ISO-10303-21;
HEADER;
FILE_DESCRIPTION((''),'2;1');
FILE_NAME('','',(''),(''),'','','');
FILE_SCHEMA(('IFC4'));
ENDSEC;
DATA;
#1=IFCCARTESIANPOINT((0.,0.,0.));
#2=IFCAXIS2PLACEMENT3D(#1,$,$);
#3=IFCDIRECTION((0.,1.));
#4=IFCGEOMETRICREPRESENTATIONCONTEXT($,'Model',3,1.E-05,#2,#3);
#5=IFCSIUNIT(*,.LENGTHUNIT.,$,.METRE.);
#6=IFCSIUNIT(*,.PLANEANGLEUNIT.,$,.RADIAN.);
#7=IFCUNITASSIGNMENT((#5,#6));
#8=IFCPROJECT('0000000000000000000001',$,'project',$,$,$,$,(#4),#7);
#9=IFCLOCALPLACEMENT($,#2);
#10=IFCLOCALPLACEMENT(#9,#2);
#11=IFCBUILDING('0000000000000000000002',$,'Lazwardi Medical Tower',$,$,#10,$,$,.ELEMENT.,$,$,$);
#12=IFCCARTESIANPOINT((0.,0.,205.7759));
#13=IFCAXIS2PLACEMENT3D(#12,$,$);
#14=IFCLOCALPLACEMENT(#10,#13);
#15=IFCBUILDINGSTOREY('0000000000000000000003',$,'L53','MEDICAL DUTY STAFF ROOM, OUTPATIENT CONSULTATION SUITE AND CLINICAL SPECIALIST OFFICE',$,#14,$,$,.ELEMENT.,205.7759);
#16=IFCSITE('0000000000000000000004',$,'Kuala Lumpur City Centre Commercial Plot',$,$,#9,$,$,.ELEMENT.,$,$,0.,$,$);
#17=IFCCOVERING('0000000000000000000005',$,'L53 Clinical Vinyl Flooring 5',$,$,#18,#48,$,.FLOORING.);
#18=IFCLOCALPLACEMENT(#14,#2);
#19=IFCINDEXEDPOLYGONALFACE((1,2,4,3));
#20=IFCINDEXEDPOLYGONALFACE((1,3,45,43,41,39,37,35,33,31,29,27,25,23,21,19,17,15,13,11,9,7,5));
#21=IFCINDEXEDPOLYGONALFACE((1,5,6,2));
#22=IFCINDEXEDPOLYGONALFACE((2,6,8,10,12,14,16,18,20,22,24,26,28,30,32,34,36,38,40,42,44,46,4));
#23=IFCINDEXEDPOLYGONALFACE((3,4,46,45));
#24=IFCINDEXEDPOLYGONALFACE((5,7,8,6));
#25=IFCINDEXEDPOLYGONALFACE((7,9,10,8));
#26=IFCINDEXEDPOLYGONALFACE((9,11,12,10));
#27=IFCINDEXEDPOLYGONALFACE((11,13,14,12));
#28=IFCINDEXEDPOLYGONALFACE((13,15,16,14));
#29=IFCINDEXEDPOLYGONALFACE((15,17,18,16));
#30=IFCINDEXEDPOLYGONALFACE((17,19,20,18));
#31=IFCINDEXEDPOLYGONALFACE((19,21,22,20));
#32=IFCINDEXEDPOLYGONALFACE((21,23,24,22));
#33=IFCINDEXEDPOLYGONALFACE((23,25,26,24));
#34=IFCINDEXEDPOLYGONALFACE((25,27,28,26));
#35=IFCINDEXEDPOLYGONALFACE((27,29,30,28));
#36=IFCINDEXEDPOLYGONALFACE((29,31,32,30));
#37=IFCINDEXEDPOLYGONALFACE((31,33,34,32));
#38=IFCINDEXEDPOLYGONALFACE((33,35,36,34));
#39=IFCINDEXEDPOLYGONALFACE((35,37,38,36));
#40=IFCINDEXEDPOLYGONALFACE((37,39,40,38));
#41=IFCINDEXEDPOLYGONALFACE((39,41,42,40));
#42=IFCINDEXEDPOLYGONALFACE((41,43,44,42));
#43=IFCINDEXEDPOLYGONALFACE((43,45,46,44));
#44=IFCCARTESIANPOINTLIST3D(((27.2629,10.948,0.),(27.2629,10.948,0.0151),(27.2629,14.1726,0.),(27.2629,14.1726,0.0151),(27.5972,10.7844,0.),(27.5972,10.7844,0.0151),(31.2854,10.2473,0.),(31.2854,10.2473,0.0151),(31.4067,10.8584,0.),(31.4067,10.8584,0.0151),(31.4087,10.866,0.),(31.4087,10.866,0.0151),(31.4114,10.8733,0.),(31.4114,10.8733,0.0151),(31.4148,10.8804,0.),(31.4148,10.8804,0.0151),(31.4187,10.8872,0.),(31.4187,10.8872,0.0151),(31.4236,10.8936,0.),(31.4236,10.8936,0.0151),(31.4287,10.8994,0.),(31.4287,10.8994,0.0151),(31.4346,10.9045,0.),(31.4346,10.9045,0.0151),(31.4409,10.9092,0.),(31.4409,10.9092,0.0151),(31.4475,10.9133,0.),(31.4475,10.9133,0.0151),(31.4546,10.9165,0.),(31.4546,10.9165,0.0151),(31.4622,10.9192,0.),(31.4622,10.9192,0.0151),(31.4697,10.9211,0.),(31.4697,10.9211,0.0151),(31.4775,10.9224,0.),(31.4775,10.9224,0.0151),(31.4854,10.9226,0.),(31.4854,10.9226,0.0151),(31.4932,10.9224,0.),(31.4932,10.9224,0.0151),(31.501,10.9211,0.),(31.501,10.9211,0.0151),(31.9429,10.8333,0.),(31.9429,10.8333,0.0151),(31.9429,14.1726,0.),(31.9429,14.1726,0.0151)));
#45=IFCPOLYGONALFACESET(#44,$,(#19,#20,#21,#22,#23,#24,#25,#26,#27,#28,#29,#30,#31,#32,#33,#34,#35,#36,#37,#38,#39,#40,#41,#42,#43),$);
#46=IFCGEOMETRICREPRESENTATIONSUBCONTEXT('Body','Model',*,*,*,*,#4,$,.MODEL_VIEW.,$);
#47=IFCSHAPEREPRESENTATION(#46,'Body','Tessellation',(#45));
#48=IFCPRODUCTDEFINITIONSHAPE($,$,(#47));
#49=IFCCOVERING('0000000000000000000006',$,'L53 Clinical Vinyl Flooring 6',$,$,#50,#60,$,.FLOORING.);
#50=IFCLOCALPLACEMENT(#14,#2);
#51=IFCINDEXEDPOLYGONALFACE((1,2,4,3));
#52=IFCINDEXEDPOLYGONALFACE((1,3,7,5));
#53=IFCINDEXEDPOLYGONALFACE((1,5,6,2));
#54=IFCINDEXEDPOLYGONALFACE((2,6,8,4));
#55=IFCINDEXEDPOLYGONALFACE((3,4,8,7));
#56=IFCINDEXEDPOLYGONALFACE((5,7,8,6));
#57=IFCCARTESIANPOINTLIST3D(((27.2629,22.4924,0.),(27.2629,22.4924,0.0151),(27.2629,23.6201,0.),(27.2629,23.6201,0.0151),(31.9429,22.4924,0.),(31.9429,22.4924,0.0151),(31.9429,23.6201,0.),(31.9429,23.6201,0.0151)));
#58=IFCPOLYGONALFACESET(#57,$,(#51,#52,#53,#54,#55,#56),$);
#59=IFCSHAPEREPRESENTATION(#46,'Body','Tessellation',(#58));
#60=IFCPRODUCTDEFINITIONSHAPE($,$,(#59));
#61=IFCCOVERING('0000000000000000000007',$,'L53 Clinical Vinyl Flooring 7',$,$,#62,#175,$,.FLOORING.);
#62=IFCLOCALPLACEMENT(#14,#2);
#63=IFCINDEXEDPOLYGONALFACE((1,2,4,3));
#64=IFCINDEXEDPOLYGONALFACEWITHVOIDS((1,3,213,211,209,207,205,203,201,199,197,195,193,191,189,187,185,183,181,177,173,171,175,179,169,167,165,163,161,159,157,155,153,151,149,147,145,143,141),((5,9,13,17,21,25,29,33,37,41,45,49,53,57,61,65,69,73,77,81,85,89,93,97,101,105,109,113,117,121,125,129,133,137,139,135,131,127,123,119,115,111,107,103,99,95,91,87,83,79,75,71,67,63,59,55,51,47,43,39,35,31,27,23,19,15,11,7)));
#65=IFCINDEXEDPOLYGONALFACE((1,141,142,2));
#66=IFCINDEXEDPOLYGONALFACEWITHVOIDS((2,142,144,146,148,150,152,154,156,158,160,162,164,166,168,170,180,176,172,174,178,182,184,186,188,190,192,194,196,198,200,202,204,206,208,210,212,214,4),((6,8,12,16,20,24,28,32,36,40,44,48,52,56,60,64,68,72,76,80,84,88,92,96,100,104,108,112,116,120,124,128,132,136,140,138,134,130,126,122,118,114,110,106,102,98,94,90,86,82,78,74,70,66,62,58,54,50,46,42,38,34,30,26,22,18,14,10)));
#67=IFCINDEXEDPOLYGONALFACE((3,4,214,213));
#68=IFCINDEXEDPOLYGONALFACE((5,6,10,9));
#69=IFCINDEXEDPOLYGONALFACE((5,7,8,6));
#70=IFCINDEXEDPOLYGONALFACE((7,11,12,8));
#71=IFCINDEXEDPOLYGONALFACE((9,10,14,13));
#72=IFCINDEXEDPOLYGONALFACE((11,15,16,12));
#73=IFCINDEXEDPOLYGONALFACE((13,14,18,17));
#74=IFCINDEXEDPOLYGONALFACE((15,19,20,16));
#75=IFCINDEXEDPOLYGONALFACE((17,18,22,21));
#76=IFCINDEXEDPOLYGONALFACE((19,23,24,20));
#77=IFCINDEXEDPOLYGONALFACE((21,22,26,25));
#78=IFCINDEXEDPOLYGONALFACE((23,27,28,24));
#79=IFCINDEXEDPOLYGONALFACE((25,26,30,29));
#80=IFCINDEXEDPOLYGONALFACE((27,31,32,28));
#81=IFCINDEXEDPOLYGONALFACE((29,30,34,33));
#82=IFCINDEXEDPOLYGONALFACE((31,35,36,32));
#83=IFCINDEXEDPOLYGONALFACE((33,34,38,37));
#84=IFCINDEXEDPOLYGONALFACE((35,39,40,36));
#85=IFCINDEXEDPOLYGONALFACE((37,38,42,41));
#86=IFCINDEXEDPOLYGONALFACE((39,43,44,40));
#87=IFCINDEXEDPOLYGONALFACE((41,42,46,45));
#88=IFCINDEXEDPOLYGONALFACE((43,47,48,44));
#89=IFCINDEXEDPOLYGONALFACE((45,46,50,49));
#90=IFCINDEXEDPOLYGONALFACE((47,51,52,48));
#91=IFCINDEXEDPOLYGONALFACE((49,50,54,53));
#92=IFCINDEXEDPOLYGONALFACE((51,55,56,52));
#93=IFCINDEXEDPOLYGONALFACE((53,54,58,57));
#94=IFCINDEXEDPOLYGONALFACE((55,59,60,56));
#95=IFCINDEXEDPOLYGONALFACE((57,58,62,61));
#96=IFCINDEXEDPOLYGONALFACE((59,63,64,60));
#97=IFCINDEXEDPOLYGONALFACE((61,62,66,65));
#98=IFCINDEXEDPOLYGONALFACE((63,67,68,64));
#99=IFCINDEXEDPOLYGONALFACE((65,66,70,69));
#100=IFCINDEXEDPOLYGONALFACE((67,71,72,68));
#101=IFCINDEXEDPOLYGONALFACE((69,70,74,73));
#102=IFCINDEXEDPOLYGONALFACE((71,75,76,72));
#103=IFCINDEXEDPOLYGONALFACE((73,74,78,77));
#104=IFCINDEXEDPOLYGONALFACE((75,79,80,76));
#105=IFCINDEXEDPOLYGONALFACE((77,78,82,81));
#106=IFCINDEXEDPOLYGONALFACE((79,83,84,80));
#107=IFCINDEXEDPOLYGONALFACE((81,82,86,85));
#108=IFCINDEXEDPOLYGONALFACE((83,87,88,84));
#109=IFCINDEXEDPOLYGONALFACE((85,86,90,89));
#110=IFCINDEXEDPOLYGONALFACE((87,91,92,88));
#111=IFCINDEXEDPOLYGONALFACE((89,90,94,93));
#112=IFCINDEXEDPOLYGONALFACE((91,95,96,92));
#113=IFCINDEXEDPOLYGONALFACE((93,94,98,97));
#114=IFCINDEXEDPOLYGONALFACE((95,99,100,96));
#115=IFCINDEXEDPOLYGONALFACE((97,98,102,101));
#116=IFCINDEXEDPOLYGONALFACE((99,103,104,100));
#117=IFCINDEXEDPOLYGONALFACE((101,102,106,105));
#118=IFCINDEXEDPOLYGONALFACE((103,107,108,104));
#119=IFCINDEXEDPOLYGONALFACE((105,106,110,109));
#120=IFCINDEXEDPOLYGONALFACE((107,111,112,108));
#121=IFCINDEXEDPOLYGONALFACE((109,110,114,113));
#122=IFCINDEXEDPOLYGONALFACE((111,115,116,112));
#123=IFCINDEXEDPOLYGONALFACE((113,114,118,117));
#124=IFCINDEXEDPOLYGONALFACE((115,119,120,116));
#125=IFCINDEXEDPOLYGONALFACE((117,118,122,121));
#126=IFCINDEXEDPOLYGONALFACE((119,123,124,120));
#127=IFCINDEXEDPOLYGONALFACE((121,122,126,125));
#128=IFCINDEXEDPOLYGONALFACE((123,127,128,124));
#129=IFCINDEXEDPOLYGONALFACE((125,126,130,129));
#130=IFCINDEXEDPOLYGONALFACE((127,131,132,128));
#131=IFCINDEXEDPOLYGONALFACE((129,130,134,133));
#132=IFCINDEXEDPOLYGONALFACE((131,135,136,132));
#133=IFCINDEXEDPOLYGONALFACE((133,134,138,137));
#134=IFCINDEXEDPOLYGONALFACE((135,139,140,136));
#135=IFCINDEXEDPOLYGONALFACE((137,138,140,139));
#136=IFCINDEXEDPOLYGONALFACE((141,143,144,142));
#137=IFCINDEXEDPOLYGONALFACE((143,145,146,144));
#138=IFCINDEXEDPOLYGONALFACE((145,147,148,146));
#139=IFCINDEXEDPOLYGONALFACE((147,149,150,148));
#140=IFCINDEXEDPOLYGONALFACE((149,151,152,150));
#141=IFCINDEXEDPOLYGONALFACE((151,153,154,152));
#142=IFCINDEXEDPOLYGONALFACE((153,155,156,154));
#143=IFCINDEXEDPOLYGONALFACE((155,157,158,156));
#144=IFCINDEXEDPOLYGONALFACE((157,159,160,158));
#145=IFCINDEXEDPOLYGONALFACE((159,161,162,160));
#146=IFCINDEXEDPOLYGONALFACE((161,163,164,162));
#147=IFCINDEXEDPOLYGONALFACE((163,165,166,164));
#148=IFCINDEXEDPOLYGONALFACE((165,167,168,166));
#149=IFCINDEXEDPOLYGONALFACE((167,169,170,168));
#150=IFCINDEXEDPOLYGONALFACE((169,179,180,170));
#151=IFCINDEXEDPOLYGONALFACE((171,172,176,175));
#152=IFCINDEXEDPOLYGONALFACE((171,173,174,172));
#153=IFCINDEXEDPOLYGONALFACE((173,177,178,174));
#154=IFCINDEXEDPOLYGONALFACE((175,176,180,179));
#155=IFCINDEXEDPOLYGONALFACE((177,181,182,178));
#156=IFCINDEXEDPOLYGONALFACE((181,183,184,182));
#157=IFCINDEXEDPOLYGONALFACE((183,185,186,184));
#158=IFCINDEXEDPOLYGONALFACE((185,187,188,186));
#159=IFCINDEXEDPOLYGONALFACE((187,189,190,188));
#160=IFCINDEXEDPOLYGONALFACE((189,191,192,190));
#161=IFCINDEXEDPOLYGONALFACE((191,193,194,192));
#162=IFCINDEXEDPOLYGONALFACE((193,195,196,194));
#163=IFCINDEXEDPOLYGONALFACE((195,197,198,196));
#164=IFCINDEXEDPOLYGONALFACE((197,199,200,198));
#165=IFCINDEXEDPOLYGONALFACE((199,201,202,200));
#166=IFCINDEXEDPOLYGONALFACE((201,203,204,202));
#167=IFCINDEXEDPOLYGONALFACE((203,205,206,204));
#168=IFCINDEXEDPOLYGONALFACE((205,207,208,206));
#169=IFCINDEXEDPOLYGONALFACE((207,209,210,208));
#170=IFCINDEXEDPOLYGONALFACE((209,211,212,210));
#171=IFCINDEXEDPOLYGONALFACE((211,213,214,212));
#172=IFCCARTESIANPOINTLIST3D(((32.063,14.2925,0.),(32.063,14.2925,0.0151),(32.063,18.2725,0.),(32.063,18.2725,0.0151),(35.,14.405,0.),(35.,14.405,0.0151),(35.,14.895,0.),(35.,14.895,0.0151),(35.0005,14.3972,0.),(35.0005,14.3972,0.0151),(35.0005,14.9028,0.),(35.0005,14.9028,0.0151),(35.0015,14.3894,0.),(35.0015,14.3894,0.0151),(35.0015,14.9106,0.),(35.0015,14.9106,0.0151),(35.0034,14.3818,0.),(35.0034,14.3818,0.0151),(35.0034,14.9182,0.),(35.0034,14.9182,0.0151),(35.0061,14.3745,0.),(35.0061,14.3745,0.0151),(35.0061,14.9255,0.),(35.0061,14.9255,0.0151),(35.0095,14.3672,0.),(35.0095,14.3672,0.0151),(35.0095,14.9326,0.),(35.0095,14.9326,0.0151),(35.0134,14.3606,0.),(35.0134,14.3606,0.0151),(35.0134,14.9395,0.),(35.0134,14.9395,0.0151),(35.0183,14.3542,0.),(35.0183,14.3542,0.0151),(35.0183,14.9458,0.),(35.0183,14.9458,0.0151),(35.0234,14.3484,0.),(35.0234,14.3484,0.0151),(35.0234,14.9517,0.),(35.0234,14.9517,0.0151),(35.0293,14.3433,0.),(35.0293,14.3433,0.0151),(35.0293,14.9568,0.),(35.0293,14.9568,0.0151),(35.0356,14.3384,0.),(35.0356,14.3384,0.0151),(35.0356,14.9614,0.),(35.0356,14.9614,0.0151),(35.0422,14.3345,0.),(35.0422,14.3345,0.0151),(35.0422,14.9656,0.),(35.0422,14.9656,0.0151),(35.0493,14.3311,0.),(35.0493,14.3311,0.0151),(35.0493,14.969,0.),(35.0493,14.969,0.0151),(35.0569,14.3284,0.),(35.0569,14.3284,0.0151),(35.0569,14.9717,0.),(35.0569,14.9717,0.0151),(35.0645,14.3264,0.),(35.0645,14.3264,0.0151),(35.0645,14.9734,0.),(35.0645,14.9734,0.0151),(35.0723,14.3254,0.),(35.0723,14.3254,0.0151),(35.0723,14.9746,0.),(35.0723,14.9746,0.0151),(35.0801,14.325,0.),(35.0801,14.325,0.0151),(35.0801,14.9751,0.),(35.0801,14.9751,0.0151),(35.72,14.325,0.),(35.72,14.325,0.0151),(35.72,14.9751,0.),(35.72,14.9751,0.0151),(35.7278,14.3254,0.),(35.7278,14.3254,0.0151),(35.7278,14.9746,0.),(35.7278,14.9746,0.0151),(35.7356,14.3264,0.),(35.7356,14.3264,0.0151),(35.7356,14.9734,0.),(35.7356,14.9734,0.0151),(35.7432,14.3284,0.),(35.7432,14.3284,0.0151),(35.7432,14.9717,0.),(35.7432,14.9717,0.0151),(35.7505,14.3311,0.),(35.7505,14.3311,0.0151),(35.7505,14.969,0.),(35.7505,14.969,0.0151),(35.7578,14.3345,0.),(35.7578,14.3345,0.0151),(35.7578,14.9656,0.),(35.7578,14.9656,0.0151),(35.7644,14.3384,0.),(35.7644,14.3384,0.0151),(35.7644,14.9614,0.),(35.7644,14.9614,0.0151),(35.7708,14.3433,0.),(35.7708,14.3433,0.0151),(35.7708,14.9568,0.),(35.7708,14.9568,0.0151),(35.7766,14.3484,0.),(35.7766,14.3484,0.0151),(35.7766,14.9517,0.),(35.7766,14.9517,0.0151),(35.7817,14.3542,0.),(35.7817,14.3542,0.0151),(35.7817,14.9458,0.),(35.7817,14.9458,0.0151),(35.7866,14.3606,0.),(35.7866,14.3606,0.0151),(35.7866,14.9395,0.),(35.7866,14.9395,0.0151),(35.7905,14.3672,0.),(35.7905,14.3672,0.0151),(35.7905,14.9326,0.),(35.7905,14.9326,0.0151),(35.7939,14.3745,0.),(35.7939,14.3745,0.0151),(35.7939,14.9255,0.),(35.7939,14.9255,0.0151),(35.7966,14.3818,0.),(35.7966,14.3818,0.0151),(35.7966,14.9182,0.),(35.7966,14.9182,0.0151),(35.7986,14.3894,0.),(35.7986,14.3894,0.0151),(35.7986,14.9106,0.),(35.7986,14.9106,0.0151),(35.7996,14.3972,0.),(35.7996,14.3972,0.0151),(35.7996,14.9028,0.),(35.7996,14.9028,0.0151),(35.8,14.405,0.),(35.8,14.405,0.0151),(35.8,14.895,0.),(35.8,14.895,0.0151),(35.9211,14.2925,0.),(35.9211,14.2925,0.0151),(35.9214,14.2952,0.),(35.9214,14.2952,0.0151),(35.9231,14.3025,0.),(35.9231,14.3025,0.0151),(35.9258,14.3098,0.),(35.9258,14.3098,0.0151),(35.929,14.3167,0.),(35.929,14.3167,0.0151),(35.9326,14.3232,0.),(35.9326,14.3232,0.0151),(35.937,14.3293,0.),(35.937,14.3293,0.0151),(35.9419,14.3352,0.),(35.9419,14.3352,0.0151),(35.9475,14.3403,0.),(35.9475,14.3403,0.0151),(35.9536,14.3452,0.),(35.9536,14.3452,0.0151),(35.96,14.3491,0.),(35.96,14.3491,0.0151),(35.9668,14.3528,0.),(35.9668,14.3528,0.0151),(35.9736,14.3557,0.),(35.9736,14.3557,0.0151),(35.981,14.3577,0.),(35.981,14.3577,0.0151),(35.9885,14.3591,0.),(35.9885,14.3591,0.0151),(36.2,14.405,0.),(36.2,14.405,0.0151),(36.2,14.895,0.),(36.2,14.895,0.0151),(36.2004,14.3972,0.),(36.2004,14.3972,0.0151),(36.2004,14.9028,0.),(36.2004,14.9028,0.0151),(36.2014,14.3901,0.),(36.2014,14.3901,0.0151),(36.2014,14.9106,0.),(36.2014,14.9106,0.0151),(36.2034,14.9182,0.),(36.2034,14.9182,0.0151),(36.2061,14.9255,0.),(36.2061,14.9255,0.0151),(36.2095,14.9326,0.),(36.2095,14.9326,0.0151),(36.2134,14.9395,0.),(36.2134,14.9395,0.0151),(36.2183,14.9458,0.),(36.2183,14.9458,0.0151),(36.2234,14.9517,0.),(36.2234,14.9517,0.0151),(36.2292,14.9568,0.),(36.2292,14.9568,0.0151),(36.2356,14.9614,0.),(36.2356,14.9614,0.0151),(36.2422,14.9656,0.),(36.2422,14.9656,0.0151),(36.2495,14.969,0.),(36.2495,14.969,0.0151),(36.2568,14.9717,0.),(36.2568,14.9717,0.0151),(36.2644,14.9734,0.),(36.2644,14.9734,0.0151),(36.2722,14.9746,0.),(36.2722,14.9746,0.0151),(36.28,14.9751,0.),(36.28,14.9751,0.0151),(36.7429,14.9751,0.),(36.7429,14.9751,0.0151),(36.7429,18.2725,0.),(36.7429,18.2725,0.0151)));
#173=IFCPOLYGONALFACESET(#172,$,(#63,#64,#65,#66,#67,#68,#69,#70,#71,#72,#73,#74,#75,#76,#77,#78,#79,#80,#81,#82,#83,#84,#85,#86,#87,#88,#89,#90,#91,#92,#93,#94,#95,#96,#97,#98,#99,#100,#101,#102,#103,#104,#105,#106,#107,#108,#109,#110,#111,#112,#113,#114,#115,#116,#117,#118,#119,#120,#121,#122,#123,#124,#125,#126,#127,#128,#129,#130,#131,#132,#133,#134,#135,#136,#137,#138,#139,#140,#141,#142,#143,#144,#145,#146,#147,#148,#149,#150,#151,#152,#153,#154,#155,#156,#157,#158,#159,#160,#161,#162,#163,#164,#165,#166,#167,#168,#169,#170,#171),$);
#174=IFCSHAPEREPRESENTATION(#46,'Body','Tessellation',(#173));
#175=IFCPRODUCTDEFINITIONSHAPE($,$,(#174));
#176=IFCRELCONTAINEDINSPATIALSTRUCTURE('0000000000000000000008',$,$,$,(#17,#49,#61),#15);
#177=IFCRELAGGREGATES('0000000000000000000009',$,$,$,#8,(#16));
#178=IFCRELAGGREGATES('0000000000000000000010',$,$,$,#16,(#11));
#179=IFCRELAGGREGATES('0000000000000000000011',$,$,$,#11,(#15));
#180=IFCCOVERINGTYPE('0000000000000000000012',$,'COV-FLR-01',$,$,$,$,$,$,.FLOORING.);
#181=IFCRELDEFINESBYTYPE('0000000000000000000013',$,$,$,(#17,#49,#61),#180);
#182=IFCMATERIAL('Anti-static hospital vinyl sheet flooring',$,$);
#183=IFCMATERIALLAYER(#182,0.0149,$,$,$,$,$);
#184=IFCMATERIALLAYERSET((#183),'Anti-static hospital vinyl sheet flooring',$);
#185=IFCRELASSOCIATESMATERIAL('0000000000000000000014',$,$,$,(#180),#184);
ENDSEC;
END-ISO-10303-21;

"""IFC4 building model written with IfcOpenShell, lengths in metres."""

from ifc_helpers import new_model, si_unit, direction, frame, origin, place, context, subcontext, project, spatial, polyline, outline, extrude, material, layer, layer_set, type_object, element, save


model = new_model("IFC4")

# Units and contexts
model_context = context("Model", 3, precision=1e-05, world=origin(), true_north=direction((0.0, 1.0)))
body_context = subcontext(model_context, "Body", "Model", "MODEL_VIEW")
ifc_project = project(units=[si_unit("LENGTHUNIT", "METRE"), si_unit("PLANEANGLEUNIT", "RADIAN")], contexts=[model_context])

# Site, building, storey
site_placement = place(None, origin())
site = spatial("IfcSite", under=ifc_project, at=site_placement, Name="Kuala Lumpur City Centre Commercial Plot", CompositionType="ELEMENT", RefElevation=0.0)
building_placement = place(site_placement, origin())
building = spatial("IfcBuilding", under=site, at=building_placement, Name="Lazwardi Medical Tower", CompositionType="ELEMENT")
storey_placement = place(building_placement, frame((0.0, 0.0, 205.7759)))
storey = spatial("IfcBuildingStorey", under=building, at=storey_placement, Name="L53", Description="MEDICAL DUTY STAFF ROOM, OUTPATIENT CONSULTATION SUITE AND CLINICAL SPECIALIST OFFICE", CompositionType="ELEMENT", Elevation=205.7759)

# Coverings
ifc_material_1 = material(Name="Anti-static hospital vinyl sheet flooring")
ifc_layer_1 = layer(ifc_material_1, 0.0149)
ifc_layer_set_1 = layer_set([ifc_layer_1], Name="Anti-static hospital vinyl sheet flooring")
covering_type_1 = type_object("IfcCoveringType", Name="COV-FLR-01", PredefinedType="FLOORING", material=ifc_layer_set_1)
covering_1_placement = place(storey_placement, origin())
element("IfcCovering", 1, at=covering_1_placement, inside=storey, type_object=covering_type_1, Name="L53 Clinical Vinyl Flooring 5", PredefinedType="FLOORING", context=body_context, shape_type="SweptSolid", body=[
    extrude(outline(polyline([(27.2629, 10.948), (27.5972, 10.7844), (31.2854, 10.2473), (31.4067, 10.8584), (31.4087, 10.866), (31.4114, 10.8733), (31.4148, 10.8804), (31.4187, 10.8872), (31.4236, 10.8936), (31.4287, 10.8994), (31.4346, 10.9045), (31.4409, 10.9092), (31.4475, 10.9133), (31.4546, 10.9165), (31.4622, 10.9192), (31.4697, 10.9211), (31.4775, 10.9224), (31.4854, 10.9226), (31.4932, 10.9224), (31.501, 10.9211), (31.9429, 10.8333), (31.9429, 14.1726), (27.2629, 14.1726), (27.2629, 10.948)])), origin(), (0.0, 0.0, 1.0), 0.0151),
])
covering_2_placement = place(storey_placement, origin())
element("IfcCovering", 2, at=covering_2_placement, inside=storey, type_object=covering_type_1, Name="L53 Clinical Vinyl Flooring 6", PredefinedType="FLOORING", context=body_context, shape_type="SweptSolid", body=[
    extrude(outline(polyline([(31.9429, 23.6201), (27.2629, 23.6201), (27.2629, 22.4924), (31.9429, 22.4924), (31.9429, 23.6201)])), origin(), (0.0, 0.0, 1.0), 0.0151),
])
covering_3_placement = place(storey_placement, origin())
element("IfcCovering", 3, at=covering_3_placement, inside=storey, type_object=covering_type_1, Name="L53 Clinical Vinyl Flooring 7", PredefinedType="FLOORING", context=body_context, shape_type="SweptSolid", body=[
    extrude(outline(polyline([(35.9211, 14.2925), (35.9214, 14.2952), (35.9231, 14.3025), (35.9258, 14.3098), (35.929, 14.3167), (35.9326, 14.3232), (35.937, 14.3293), (35.9419, 14.3352), (35.9475, 14.3403), (35.9536, 14.3452), (35.96, 14.3491), (35.9668, 14.3528), (35.9736, 14.3557), (35.981, 14.3577), (35.9885, 14.3591), (36.2014, 14.3901), (36.2004, 14.3972), (36.2, 14.405), (36.2, 14.895), (36.2004, 14.9028), (36.2014, 14.9106), (36.2034, 14.9182), (36.2061, 14.9255), (36.2095, 14.9326), (36.2134, 14.9395), (36.2183, 14.9458), (36.2234, 14.9517), (36.2292, 14.9568), (36.2356, 14.9614), (36.2422, 14.9656), (36.2495, 14.969), (36.2568, 14.9717), (36.2644, 14.9734), (36.2722, 14.9746), (36.28, 14.9751), (36.7429, 14.9751), (36.7429, 18.2725), (32.063, 18.2725), (32.063, 14.2925), (35.9211, 14.2925)]), holes=[polyline([(35.7505, 14.3311), (35.7432, 14.3284), (35.7356, 14.3264), (35.7278, 14.3254), (35.72, 14.325), (35.0801, 14.325), (35.0723, 14.3254), (35.0645, 14.3264), (35.0569, 14.3284), (35.0493, 14.3311), (35.0422, 14.3345), (35.0356, 14.3384), (35.0293, 14.3433), (35.0234, 14.3484), (35.0183, 14.3542), (35.0134, 14.3606), (35.0095, 14.3672), (35.0061, 14.3745), (35.0034, 14.3818), (35.0015, 14.3894), (35.0005, 14.3972), (35.0, 14.405), (35.0, 14.895), (35.0005, 14.9028), (35.0015, 14.9106), (35.0034, 14.9182), (35.0061, 14.9255), (35.0095, 14.9326), (35.0134, 14.9395), (35.0183, 14.9458), (35.0234, 14.9517), (35.0293, 14.9568), (35.0356, 14.9614), (35.0422, 14.9656), (35.0493, 14.969), (35.0569, 14.9717), (35.0645, 14.9734), (35.0723, 14.9746), (35.0801, 14.9751), (35.72, 14.9751), (35.7278, 14.9746), (35.7356, 14.9734), (35.7432, 14.9717), (35.7505, 14.969), (35.7578, 14.9656), (35.7644, 14.9614), (35.7708, 14.9568), (35.7766, 14.9517), (35.7817, 14.9458), (35.7866, 14.9395), (35.7905, 14.9326), (35.7939, 14.9255), (35.7966, 14.9182), (35.7986, 14.9106), (35.7996, 14.9028), (35.8, 14.895), (35.8, 14.405), (35.7996, 14.3972), (35.7986, 14.3894), (35.7966, 14.3818), (35.7939, 14.3745), (35.7905, 14.3672), (35.7866, 14.3606), (35.7817, 14.3542), (35.7766, 14.3484), (35.7708, 14.3433), (35.7644, 14.3384), (35.7578, 14.3345), (35.7505, 14.3311)])]), origin(), (0.0, 0.0, 1.0), 0.0151),
])

save(model, "model.ifc")
